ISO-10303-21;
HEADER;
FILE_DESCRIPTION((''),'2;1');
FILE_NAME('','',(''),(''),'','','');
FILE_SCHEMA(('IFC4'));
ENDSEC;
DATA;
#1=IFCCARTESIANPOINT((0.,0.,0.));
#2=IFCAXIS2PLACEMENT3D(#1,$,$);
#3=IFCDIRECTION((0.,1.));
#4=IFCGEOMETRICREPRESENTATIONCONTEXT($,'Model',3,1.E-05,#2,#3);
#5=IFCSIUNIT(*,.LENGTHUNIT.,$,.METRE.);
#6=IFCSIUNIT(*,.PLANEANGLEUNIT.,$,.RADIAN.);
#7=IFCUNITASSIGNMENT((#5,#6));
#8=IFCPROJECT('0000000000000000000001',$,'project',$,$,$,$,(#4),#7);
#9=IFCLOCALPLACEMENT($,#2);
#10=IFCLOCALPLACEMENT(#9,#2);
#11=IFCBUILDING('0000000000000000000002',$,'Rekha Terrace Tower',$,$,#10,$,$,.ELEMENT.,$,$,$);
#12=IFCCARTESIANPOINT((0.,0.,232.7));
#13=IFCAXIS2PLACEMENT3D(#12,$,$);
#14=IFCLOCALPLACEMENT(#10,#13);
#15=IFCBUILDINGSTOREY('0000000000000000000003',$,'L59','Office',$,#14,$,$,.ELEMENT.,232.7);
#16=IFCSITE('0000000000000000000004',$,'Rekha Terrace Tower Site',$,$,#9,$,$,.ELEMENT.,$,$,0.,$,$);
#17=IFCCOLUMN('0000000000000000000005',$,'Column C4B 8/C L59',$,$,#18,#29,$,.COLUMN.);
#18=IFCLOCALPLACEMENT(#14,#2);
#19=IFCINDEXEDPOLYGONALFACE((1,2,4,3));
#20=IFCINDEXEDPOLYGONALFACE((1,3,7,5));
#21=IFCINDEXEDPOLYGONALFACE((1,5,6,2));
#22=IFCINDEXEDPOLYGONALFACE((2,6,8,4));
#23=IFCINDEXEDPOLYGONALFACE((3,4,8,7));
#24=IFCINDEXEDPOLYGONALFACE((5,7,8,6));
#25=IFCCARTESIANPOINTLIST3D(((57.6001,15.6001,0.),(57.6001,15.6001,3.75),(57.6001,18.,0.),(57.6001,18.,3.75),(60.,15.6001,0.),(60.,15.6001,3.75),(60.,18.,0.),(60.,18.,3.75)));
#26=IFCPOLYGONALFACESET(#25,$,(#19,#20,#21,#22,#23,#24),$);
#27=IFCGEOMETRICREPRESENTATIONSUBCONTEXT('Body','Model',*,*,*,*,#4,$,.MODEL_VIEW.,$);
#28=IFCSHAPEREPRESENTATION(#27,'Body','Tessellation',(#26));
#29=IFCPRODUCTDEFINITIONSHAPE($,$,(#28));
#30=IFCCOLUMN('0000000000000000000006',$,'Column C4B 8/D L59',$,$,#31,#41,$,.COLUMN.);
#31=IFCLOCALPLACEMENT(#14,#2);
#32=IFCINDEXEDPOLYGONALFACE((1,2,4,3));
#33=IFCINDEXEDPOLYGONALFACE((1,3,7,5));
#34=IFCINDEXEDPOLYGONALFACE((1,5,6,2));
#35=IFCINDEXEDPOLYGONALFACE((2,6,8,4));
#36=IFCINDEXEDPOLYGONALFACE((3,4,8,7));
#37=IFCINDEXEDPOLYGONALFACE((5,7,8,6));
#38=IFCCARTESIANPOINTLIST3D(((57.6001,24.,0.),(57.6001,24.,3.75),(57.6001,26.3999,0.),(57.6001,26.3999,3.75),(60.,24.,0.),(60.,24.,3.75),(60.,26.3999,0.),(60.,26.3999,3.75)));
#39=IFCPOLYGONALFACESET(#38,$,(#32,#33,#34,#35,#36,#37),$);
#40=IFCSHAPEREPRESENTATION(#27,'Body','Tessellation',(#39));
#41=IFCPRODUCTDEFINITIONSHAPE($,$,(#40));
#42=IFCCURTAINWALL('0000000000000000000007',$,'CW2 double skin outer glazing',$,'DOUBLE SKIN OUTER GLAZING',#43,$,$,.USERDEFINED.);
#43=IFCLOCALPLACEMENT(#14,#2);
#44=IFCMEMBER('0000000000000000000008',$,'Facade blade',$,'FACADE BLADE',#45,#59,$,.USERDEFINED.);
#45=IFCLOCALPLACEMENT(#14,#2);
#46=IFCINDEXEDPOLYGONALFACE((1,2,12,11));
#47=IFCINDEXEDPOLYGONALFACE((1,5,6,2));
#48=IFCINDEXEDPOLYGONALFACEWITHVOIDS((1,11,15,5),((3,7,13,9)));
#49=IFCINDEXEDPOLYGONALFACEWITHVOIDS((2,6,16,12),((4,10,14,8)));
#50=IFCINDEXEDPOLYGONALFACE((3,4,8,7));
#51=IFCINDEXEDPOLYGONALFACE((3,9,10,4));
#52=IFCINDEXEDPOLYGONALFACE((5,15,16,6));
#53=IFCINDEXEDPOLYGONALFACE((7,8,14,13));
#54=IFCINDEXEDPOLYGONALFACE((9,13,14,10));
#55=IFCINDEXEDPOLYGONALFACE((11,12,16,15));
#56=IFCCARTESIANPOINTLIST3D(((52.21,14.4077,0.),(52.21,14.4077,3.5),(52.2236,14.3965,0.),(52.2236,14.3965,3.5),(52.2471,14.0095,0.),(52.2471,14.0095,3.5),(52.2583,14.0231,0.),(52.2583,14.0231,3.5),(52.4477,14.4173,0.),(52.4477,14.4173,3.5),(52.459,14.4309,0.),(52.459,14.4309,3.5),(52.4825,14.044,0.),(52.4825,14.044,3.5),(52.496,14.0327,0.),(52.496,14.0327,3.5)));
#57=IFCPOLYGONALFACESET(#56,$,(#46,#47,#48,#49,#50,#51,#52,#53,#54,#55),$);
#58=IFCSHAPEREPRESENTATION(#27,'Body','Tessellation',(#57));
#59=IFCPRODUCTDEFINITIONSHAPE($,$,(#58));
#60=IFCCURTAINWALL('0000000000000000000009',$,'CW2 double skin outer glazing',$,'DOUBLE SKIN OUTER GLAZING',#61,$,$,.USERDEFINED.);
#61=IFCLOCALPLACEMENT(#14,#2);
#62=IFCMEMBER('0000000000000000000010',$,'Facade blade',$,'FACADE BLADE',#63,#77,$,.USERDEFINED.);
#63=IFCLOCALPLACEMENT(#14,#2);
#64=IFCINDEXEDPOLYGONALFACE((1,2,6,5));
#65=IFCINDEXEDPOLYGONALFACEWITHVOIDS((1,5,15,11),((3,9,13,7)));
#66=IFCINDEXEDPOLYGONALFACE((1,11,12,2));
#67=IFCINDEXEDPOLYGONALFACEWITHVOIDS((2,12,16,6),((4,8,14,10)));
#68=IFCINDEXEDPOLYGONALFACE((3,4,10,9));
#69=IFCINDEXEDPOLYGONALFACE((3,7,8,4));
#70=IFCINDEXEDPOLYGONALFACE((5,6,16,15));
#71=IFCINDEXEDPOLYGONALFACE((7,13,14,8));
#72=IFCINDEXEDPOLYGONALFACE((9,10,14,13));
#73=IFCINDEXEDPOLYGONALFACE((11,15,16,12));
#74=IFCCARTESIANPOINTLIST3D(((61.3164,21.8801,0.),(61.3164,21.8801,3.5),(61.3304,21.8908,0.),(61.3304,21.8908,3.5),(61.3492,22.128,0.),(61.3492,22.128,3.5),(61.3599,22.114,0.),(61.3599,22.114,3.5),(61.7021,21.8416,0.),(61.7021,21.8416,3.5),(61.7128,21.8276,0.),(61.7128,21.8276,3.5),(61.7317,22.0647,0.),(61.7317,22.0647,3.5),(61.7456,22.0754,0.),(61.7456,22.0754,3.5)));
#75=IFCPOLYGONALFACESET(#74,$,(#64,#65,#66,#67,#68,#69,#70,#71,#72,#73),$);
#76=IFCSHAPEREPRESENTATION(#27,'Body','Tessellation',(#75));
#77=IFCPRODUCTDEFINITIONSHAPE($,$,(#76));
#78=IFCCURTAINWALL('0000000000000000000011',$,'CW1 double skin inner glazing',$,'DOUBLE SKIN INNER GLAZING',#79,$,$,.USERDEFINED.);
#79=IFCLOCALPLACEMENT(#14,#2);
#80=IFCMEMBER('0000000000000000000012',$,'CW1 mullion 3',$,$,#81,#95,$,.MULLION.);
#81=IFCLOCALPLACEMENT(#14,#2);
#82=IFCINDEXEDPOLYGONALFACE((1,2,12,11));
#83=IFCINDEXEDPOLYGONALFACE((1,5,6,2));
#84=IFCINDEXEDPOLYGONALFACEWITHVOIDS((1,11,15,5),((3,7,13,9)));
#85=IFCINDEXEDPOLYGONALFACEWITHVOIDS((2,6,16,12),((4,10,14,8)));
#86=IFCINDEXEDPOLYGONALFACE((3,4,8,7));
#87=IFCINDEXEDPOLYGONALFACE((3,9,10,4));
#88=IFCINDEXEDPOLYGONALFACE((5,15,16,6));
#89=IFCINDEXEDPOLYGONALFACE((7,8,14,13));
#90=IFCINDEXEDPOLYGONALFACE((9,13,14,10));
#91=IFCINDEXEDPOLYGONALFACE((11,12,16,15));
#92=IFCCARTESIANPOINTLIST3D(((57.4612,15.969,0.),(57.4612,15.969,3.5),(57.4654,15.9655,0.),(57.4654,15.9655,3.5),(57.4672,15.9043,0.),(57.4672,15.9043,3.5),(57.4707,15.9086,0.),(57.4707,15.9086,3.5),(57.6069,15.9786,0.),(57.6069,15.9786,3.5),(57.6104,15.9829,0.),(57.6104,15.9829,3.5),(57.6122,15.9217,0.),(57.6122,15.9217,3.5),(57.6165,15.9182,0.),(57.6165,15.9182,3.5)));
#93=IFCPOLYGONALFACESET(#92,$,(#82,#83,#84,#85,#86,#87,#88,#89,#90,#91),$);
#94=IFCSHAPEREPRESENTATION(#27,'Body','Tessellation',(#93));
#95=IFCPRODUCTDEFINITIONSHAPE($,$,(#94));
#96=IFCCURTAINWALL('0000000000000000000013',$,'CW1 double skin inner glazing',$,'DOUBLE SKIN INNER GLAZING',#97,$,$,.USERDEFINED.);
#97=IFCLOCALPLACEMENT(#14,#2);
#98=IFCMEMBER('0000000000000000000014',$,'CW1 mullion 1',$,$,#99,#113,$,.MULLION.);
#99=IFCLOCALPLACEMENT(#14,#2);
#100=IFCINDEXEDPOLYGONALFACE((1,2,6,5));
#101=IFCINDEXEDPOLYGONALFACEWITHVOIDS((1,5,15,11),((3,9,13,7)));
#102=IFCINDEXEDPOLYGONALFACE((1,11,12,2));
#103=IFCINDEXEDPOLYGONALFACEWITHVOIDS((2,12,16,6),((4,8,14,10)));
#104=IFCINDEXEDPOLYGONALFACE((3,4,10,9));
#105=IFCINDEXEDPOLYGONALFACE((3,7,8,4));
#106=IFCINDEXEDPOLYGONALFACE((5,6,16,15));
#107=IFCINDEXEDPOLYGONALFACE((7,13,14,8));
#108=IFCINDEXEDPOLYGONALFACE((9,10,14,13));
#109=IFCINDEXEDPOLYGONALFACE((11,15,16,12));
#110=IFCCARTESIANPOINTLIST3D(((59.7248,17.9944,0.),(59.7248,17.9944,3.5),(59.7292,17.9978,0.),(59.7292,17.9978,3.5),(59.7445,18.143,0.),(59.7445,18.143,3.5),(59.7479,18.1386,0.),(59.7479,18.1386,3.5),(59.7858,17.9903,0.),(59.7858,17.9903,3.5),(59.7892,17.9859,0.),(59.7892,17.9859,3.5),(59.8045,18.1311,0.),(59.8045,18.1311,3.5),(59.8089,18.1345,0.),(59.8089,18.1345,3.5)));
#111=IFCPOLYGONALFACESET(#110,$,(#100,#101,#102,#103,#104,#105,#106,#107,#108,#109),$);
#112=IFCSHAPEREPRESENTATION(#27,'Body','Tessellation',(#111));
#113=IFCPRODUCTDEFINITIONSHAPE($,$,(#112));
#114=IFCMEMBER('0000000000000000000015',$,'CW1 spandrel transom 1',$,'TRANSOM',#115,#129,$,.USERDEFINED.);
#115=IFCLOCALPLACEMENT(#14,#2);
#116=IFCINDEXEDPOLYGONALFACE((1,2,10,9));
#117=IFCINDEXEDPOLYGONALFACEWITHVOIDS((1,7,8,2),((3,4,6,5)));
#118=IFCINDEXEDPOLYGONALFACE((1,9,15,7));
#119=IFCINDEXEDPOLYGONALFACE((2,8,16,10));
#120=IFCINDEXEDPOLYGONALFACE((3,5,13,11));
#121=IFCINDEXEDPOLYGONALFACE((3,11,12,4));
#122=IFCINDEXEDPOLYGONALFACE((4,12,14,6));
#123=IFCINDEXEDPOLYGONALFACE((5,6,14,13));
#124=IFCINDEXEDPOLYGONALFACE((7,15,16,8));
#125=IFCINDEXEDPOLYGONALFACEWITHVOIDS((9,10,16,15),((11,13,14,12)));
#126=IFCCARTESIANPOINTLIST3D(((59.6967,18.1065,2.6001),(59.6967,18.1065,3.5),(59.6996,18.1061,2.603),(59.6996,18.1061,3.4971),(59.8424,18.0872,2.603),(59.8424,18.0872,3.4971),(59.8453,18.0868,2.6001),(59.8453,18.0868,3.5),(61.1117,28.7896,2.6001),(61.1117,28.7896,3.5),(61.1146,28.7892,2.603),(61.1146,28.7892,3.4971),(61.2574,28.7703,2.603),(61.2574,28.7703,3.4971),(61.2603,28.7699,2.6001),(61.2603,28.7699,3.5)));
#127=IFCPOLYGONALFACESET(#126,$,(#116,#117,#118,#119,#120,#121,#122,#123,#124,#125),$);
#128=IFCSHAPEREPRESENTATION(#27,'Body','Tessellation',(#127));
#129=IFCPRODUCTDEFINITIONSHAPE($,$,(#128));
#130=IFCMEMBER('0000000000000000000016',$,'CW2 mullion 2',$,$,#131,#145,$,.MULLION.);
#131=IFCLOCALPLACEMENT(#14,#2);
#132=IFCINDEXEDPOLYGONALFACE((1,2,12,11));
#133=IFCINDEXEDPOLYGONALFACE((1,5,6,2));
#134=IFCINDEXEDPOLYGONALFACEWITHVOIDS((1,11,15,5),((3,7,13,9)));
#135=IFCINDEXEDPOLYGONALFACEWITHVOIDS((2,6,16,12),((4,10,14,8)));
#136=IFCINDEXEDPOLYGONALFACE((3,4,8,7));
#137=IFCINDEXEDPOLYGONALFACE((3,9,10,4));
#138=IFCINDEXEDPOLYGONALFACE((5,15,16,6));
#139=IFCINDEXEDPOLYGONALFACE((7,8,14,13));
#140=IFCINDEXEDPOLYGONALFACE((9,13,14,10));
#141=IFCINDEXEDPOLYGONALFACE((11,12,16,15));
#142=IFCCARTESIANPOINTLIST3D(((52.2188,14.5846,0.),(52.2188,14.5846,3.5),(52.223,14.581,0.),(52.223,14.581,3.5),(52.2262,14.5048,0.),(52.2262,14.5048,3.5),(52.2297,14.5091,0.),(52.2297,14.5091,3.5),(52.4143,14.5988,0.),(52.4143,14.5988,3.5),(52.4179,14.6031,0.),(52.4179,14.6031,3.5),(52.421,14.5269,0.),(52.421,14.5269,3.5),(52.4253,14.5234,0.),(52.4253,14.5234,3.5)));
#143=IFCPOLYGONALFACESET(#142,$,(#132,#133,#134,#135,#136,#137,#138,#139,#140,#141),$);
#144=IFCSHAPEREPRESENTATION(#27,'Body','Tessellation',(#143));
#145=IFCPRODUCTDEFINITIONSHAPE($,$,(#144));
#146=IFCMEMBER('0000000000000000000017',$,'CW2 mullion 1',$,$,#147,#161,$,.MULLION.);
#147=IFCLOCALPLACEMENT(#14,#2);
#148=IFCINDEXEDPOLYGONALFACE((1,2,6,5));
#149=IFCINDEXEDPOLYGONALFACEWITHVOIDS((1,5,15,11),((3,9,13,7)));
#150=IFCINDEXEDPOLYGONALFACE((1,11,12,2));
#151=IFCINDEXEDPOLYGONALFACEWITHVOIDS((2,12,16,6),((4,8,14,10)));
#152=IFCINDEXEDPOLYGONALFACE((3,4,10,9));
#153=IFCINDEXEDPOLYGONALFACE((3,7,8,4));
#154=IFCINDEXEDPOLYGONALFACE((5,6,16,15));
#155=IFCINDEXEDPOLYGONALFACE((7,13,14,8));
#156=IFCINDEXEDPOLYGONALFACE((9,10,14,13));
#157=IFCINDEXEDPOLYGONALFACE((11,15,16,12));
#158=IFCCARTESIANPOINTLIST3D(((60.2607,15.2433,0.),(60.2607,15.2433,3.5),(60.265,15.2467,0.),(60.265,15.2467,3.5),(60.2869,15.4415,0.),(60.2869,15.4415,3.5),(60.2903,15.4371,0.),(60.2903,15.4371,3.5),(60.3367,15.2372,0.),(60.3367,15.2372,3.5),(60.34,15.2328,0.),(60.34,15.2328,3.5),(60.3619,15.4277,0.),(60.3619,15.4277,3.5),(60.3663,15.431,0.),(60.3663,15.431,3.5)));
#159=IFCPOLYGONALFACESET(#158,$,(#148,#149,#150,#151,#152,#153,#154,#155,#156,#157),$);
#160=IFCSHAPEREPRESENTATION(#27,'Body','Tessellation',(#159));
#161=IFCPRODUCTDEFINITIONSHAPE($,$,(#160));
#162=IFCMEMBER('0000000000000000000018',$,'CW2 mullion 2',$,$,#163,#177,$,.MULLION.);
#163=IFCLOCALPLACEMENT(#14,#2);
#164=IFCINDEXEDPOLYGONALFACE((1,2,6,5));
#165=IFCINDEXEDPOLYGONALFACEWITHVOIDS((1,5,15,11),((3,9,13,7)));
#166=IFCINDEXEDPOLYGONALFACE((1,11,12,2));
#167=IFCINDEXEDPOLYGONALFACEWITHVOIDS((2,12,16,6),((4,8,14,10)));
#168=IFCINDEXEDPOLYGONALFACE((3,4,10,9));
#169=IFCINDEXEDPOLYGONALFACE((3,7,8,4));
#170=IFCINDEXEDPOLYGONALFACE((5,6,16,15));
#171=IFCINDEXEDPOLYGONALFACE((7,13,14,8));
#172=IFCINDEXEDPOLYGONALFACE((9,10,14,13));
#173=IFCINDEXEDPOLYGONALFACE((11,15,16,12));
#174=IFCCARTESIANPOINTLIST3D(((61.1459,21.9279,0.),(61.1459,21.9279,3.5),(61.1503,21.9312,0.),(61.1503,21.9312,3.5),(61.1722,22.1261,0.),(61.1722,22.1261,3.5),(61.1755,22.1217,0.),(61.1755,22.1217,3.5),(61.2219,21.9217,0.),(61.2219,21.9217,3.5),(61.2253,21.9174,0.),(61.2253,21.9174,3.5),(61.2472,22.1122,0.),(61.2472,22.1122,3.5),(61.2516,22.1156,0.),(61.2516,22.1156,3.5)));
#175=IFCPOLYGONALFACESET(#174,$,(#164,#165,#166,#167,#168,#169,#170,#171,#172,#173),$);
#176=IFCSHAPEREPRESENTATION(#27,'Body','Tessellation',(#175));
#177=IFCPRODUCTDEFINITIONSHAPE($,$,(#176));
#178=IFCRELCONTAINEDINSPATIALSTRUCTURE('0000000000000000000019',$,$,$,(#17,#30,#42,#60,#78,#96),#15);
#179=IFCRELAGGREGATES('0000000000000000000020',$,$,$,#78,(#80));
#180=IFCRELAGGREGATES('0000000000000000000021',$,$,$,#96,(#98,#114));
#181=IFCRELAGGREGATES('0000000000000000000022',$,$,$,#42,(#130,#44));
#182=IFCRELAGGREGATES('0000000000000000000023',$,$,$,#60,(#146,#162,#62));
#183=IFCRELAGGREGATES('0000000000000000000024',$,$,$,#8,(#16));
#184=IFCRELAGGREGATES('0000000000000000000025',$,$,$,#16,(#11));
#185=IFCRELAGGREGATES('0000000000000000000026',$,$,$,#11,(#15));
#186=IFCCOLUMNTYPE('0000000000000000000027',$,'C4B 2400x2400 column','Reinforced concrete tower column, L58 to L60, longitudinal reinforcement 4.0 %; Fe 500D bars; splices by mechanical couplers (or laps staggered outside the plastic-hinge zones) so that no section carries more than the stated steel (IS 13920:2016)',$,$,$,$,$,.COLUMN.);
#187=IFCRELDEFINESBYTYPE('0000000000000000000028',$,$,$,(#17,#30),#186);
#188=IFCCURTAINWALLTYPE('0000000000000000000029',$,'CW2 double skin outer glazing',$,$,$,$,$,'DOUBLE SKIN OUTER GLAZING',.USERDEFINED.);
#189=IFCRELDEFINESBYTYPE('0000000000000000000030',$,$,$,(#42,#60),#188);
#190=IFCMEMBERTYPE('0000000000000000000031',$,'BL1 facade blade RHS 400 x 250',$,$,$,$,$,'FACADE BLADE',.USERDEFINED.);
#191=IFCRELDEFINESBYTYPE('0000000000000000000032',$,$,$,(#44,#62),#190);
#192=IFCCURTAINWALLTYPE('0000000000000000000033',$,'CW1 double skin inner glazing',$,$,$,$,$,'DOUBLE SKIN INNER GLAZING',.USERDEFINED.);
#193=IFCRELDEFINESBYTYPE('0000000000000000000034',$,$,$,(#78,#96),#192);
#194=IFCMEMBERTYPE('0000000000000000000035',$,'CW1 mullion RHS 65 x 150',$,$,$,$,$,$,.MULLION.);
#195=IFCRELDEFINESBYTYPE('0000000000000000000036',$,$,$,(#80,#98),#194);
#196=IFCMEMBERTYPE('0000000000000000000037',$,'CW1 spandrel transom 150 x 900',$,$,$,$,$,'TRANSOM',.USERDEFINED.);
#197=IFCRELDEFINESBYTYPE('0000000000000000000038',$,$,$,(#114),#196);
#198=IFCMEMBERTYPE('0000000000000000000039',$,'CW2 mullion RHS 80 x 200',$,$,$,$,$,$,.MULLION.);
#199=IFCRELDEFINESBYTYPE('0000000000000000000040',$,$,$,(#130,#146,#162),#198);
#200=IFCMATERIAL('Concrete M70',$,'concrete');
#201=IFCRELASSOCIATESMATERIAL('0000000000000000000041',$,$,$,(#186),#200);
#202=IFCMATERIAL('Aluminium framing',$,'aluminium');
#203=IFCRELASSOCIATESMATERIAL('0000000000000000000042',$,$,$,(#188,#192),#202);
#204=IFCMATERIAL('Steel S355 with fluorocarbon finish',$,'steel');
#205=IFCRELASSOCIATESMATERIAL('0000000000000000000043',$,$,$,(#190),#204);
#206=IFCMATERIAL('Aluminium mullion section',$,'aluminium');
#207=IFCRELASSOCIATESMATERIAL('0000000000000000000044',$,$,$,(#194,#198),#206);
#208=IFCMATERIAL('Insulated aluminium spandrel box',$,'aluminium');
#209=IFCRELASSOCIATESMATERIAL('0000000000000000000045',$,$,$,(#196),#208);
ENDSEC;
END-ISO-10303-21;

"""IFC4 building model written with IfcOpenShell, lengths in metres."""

from ifc_helpers import new_model, si_unit, direction, frame, origin, origin_2d, place, context, subcontext, project, spatial, rectangle, hollow_rectangle, extrude, material, material_profile, profile_set, type_object, element, aggregate, save


model = new_model("IFC4")

# Units and contexts
model_context = context("Model", 3, precision=1e-05, world=origin(), true_north=direction((0.0, 1.0)))
body_context = subcontext(model_context, "Body", "Model", "MODEL_VIEW")
ifc_project = project(units=[si_unit("LENGTHUNIT", "METRE"), si_unit("PLANEANGLEUNIT", "RADIAN")], contexts=[model_context])

# Site, building, storey
site_placement = place(None, origin())
site = spatial("IfcSite", under=ifc_project, at=site_placement, Name="Rekha Terrace Tower Site", CompositionType="ELEMENT", RefElevation=0.0)
building_placement = place(site_placement, origin())
building = spatial("IfcBuilding", under=site, at=building_placement, Name="Rekha Terrace Tower", CompositionType="ELEMENT")
storey_placement = place(building_placement, frame((0.0, 0.0, 232.7)))
storey = spatial("IfcBuildingStorey", under=building, at=storey_placement, Name="L59", Description="Office", CompositionType="ELEMENT", Elevation=232.7)

# Columns
ifc_material_1 = material(Name="Concrete M70", Category="concrete")
ifc_material_profile_1 = material_profile(ifc_material_1, rectangle(XDim=2.3999, YDim=2.3999, at=origin_2d()), Name="RC 2400x2400")
ifc_profile_set_1 = profile_set([ifc_material_profile_1], Name="Concrete M70")
column_type = type_object("IfcColumnType", Name="C4B 2400x2400 column", Description="Reinforced concrete tower column, L58 to L60, longitudinal reinforcement 4.0 %; Fe 500D bars; splices by mechanical couplers (or laps staggered outside the plastic-hinge zones) so that no section carries more than the stated steel (IS 13920:2016)", PredefinedType="COLUMN", material=ifc_profile_set_1)
for number, where, z_axis, x_axis, name in (
    (1, (58.8, 16.8, 0.0), (0.0, 0.0, 1.0), (1.0, 0.0, 0.0), "Column C4B 8/C L59"),
    (2, (58.8, 25.2, 0.0), (0.0, 0.0, 1.0), (1.0, 0.0, 0.0), "Column C4B 8/D L59"),
):
    element("IfcColumn", number, at=place(storey_placement, frame(where, z_axis=z_axis, x_axis=x_axis)), inside=storey, type_object=column_type, Name=name, PredefinedType="COLUMN", context=body_context, shape_type="SweptSolid", body=[
        extrude(rectangle(XDim=2.3999, YDim=2.3999, at=origin_2d()), origin(), (0.0, 0.0, 1.0), 3.75),
    ])

# Curtain walls, members
ifc_material_2 = material(Name="Aluminium framing", Category="aluminium")
curtain_wall_type_1 = type_object("IfcCurtainWallType", Name="CW2 double skin outer glazing", ElementType="DOUBLE SKIN OUTER GLAZING", PredefinedType="USERDEFINED", material=ifc_material_2)
curtain_wall_1_placement = place(storey_placement, origin())
curtain_wall_1 = element("IfcCurtainWall", 3, at=curtain_wall_1_placement, inside=storey, type_object=curtain_wall_type_1, Name="CW2 double skin outer glazing", ObjectType="DOUBLE SKIN OUTER GLAZING", PredefinedType="USERDEFINED")
ifc_material_3 = material(Name="Steel S355 with fluorocarbon finish", Category="steel")
ifc_material_profile_2 = material_profile(ifc_material_3, hollow_rectangle(XDim=0.25, YDim=0.3999, WallThickness=0.0125, at=origin_2d()), Name="RHS400x250x12.5")
ifc_profile_set_2 = profile_set([ifc_material_profile_2], Name="Steel S355 with fluorocarbon finish")
member_type_1 = type_object("IfcMemberType", Name="BL1 facade blade RHS 400 x 250", ElementType="FACADE BLADE", PredefinedType="USERDEFINED", material=ifc_profile_set_2)
member_1_placement = place(storey_placement, frame((52.353, 14.2202, 0.0), z_axis=(0.0, 0.0, 1.0), x_axis=(0.995693, 0.092709, 0.0)))
member_1 = element("IfcMember", 4, at=member_1_placement, type_object=member_type_1, Name="Facade blade", ObjectType="FACADE BLADE", PredefinedType="USERDEFINED", context=body_context, shape_type="SweptSolid", body=[
    extrude(hollow_rectangle(XDim=0.25, YDim=0.3999, WallThickness=0.0125, at=origin_2d()), origin(), (0.0, 0.0, 1.0), 3.5),
])
curtain_wall_2_placement = place(storey_placement, origin())
curtain_wall_2 = element("IfcCurtainWall", 5, at=curtain_wall_2_placement, inside=storey, type_object=curtain_wall_type_1, Name="CW2 double skin outer glazing", ObjectType="DOUBLE SKIN OUTER GLAZING", PredefinedType="USERDEFINED")
member_2_placement = place(storey_placement, frame((61.531, 21.9778, 0.0), z_axis=(0.0, 0.0, 1.0), x_axis=(0.131303, 0.991342, 0.0)))
member_2 = element("IfcMember", 6, at=member_2_placement, type_object=member_type_1, Name="Facade blade", ObjectType="FACADE BLADE", PredefinedType="USERDEFINED", context=body_context, shape_type="SweptSolid", body=[
    extrude(hollow_rectangle(XDim=0.25, YDim=0.3999, WallThickness=0.0125, at=origin_2d()), origin(), (0.0, 0.0, 1.0), 3.5),
])
curtain_wall_type_2 = type_object("IfcCurtainWallType", Name="CW1 double skin inner glazing", ElementType="DOUBLE SKIN INNER GLAZING", PredefinedType="USERDEFINED", material=ifc_material_2)
curtain_wall_3_placement = place(storey_placement, origin())
curtain_wall_3 = element("IfcCurtainWall", 7, at=curtain_wall_3_placement, inside=storey, type_object=curtain_wall_type_2, Name="CW1 double skin inner glazing", ObjectType="DOUBLE SKIN INNER GLAZING", PredefinedType="USERDEFINED")
ifc_material_4 = material(Name="Aluminium mullion section", Category="aluminium")
ifc_material_profile_3 = material_profile(ifc_material_4, hollow_rectangle(XDim=0.0649, YDim=0.1499, WallThickness=0.0039, at=origin_2d()), Name="AL RHS 65x150")
ifc_profile_set_3 = profile_set([ifc_material_profile_3], Name="Aluminium mullion section")
member_type_2 = type_object("IfcMemberType", Name="CW1 mullion RHS 65 x 150", PredefinedType="MULLION", material=ifc_profile_set_3)
member_3_placement = place(storey_placement, frame((57.5388, 15.9436, 0.0), z_axis=(0.0, 0.0, 1.0), x_axis=(-0.092709, 0.995693, 0.0)))
member_3 = element("IfcMember", 8, at=member_3_placement, type_object=member_type_2, Name="CW1 mullion 3", PredefinedType="MULLION", context=body_context, shape_type="SweptSolid", body=[
    extrude(hollow_rectangle(XDim=0.0649, YDim=0.1499, WallThickness=0.0039, at=origin_2d()), origin(), (0.0, 0.0, 1.0), 3.5),
])

# Curtain wall, members
curtain_wall_4_placement = place(storey_placement, origin())
curtain_wall_4 = element("IfcCurtainWall", 9, at=curtain_wall_4_placement, inside=storey, type_object=curtain_wall_type_2, Name="CW1 double skin inner glazing", ObjectType="DOUBLE SKIN INNER GLAZING", PredefinedType="USERDEFINED")
member_4_placement = place(storey_placement, frame((59.7668, 18.0645, 0.0), z_axis=(0.0, 0.0, 1.0), x_axis=(-0.991342, 0.131304, 0.0)))
member_4 = element("IfcMember", 10, at=member_4_placement, type_object=member_type_2, Name="CW1 mullion 1", PredefinedType="MULLION", context=body_context, shape_type="SweptSolid", body=[
    extrude(hollow_rectangle(XDim=0.0649, YDim=0.1499, WallThickness=0.0039, at=origin_2d()), origin(), (0.0, 0.0, 1.0), 3.5),
])
ifc_material_5 = material(Name="Insulated aluminium spandrel box", Category="aluminium")
ifc_material_profile_4 = material_profile(ifc_material_5, hollow_rectangle(XDim=0.1499, YDim=0.8999, WallThickness=0.0029, at=origin_2d()), Name="AL SPANDREL BOX 150x900")
ifc_profile_set_4 = profile_set([ifc_material_profile_4], Name="Insulated aluminium spandrel box")
member_type_3 = type_object("IfcMemberType", Name="CW1 spandrel transom 150 x 900", ElementType="TRANSOM", PredefinedType="USERDEFINED", material=ifc_profile_set_4)
member_5_placement = place(storey_placement, frame((59.771, 18.0967, 3.05), z_axis=(0.131309, 0.991342, 0.0), x_axis=(-0.991342, 0.131309, 0.0)))
member_5 = element("IfcMember", 11, at=member_5_placement, type_object=member_type_3, Name="CW1 spandrel transom 1", ObjectType="TRANSOM", PredefinedType="USERDEFINED", context=body_context, shape_type="SweptSolid", body=[
    extrude(hollow_rectangle(XDim=0.1499, YDim=0.8999, WallThickness=0.0029, at=origin_2d()), origin(), (0.0, 0.0, 1.0), 10.7764),
])

# Members
ifc_material_profile_5 = material_profile(ifc_material_4, hollow_rectangle(XDim=0.0801, YDim=0.2, WallThickness=0.0039, at=origin_2d()), Name="AL RHS 80x200")
ifc_profile_set_5 = profile_set([ifc_material_profile_5], Name="Aluminium mullion section")
member_type_4 = type_object("IfcMemberType", Name="CW2 mullion RHS 80 x 200", PredefinedType="MULLION", material=ifc_profile_set_5)
member_6_placement = place(storey_placement, frame((52.322, 14.554, 0.0), z_axis=(0.0, 0.0, 1.0), x_axis=(-0.092709, 0.995693, 0.0)))
member_6 = element("IfcMember", 12, at=member_6_placement, type_object=member_type_4, Name="CW2 mullion 2", PredefinedType="MULLION", context=body_context, shape_type="SweptSolid", body=[
    extrude(hollow_rectangle(XDim=0.0801, YDim=0.2, WallThickness=0.0039, at=origin_2d()), origin(), (0.0, 0.0, 1.0), 3.5),
])
member_7_placement = place(storey_placement, frame((60.3135, 15.3372, 0.0), z_axis=(0.0, 0.0, 1.0), x_axis=(-0.991342, 0.131304, 0.0)))
member_7 = element("IfcMember", 13, at=member_7_placement, type_object=member_type_4, Name="CW2 mullion 1", PredefinedType="MULLION", context=body_context, shape_type="SweptSolid", body=[
    extrude(hollow_rectangle(XDim=0.0801, YDim=0.2, WallThickness=0.0039, at=origin_2d()), origin(), (0.0, 0.0, 1.0), 3.5),
])
member_8_placement = place(storey_placement, frame((61.1987, 22.0217, 0.0), z_axis=(0.0, 0.0, 1.0), x_axis=(-0.991342, 0.131304, 0.0)))
member_8 = element("IfcMember", 14, at=member_8_placement, type_object=member_type_4, Name="CW2 mullion 2", PredefinedType="MULLION", context=body_context, shape_type="SweptSolid", body=[
    extrude(hollow_rectangle(XDim=0.0801, YDim=0.2, WallThickness=0.0039, at=origin_2d()), origin(), (0.0, 0.0, 1.0), 3.5),
])

aggregate(curtain_wall_3, [member_3])
aggregate(curtain_wall_4, [member_4, member_5])
aggregate(curtain_wall_1, [member_6, member_1])
aggregate(curtain_wall_2, [member_7, member_8, member_2])

save(model, "model.ifc")
